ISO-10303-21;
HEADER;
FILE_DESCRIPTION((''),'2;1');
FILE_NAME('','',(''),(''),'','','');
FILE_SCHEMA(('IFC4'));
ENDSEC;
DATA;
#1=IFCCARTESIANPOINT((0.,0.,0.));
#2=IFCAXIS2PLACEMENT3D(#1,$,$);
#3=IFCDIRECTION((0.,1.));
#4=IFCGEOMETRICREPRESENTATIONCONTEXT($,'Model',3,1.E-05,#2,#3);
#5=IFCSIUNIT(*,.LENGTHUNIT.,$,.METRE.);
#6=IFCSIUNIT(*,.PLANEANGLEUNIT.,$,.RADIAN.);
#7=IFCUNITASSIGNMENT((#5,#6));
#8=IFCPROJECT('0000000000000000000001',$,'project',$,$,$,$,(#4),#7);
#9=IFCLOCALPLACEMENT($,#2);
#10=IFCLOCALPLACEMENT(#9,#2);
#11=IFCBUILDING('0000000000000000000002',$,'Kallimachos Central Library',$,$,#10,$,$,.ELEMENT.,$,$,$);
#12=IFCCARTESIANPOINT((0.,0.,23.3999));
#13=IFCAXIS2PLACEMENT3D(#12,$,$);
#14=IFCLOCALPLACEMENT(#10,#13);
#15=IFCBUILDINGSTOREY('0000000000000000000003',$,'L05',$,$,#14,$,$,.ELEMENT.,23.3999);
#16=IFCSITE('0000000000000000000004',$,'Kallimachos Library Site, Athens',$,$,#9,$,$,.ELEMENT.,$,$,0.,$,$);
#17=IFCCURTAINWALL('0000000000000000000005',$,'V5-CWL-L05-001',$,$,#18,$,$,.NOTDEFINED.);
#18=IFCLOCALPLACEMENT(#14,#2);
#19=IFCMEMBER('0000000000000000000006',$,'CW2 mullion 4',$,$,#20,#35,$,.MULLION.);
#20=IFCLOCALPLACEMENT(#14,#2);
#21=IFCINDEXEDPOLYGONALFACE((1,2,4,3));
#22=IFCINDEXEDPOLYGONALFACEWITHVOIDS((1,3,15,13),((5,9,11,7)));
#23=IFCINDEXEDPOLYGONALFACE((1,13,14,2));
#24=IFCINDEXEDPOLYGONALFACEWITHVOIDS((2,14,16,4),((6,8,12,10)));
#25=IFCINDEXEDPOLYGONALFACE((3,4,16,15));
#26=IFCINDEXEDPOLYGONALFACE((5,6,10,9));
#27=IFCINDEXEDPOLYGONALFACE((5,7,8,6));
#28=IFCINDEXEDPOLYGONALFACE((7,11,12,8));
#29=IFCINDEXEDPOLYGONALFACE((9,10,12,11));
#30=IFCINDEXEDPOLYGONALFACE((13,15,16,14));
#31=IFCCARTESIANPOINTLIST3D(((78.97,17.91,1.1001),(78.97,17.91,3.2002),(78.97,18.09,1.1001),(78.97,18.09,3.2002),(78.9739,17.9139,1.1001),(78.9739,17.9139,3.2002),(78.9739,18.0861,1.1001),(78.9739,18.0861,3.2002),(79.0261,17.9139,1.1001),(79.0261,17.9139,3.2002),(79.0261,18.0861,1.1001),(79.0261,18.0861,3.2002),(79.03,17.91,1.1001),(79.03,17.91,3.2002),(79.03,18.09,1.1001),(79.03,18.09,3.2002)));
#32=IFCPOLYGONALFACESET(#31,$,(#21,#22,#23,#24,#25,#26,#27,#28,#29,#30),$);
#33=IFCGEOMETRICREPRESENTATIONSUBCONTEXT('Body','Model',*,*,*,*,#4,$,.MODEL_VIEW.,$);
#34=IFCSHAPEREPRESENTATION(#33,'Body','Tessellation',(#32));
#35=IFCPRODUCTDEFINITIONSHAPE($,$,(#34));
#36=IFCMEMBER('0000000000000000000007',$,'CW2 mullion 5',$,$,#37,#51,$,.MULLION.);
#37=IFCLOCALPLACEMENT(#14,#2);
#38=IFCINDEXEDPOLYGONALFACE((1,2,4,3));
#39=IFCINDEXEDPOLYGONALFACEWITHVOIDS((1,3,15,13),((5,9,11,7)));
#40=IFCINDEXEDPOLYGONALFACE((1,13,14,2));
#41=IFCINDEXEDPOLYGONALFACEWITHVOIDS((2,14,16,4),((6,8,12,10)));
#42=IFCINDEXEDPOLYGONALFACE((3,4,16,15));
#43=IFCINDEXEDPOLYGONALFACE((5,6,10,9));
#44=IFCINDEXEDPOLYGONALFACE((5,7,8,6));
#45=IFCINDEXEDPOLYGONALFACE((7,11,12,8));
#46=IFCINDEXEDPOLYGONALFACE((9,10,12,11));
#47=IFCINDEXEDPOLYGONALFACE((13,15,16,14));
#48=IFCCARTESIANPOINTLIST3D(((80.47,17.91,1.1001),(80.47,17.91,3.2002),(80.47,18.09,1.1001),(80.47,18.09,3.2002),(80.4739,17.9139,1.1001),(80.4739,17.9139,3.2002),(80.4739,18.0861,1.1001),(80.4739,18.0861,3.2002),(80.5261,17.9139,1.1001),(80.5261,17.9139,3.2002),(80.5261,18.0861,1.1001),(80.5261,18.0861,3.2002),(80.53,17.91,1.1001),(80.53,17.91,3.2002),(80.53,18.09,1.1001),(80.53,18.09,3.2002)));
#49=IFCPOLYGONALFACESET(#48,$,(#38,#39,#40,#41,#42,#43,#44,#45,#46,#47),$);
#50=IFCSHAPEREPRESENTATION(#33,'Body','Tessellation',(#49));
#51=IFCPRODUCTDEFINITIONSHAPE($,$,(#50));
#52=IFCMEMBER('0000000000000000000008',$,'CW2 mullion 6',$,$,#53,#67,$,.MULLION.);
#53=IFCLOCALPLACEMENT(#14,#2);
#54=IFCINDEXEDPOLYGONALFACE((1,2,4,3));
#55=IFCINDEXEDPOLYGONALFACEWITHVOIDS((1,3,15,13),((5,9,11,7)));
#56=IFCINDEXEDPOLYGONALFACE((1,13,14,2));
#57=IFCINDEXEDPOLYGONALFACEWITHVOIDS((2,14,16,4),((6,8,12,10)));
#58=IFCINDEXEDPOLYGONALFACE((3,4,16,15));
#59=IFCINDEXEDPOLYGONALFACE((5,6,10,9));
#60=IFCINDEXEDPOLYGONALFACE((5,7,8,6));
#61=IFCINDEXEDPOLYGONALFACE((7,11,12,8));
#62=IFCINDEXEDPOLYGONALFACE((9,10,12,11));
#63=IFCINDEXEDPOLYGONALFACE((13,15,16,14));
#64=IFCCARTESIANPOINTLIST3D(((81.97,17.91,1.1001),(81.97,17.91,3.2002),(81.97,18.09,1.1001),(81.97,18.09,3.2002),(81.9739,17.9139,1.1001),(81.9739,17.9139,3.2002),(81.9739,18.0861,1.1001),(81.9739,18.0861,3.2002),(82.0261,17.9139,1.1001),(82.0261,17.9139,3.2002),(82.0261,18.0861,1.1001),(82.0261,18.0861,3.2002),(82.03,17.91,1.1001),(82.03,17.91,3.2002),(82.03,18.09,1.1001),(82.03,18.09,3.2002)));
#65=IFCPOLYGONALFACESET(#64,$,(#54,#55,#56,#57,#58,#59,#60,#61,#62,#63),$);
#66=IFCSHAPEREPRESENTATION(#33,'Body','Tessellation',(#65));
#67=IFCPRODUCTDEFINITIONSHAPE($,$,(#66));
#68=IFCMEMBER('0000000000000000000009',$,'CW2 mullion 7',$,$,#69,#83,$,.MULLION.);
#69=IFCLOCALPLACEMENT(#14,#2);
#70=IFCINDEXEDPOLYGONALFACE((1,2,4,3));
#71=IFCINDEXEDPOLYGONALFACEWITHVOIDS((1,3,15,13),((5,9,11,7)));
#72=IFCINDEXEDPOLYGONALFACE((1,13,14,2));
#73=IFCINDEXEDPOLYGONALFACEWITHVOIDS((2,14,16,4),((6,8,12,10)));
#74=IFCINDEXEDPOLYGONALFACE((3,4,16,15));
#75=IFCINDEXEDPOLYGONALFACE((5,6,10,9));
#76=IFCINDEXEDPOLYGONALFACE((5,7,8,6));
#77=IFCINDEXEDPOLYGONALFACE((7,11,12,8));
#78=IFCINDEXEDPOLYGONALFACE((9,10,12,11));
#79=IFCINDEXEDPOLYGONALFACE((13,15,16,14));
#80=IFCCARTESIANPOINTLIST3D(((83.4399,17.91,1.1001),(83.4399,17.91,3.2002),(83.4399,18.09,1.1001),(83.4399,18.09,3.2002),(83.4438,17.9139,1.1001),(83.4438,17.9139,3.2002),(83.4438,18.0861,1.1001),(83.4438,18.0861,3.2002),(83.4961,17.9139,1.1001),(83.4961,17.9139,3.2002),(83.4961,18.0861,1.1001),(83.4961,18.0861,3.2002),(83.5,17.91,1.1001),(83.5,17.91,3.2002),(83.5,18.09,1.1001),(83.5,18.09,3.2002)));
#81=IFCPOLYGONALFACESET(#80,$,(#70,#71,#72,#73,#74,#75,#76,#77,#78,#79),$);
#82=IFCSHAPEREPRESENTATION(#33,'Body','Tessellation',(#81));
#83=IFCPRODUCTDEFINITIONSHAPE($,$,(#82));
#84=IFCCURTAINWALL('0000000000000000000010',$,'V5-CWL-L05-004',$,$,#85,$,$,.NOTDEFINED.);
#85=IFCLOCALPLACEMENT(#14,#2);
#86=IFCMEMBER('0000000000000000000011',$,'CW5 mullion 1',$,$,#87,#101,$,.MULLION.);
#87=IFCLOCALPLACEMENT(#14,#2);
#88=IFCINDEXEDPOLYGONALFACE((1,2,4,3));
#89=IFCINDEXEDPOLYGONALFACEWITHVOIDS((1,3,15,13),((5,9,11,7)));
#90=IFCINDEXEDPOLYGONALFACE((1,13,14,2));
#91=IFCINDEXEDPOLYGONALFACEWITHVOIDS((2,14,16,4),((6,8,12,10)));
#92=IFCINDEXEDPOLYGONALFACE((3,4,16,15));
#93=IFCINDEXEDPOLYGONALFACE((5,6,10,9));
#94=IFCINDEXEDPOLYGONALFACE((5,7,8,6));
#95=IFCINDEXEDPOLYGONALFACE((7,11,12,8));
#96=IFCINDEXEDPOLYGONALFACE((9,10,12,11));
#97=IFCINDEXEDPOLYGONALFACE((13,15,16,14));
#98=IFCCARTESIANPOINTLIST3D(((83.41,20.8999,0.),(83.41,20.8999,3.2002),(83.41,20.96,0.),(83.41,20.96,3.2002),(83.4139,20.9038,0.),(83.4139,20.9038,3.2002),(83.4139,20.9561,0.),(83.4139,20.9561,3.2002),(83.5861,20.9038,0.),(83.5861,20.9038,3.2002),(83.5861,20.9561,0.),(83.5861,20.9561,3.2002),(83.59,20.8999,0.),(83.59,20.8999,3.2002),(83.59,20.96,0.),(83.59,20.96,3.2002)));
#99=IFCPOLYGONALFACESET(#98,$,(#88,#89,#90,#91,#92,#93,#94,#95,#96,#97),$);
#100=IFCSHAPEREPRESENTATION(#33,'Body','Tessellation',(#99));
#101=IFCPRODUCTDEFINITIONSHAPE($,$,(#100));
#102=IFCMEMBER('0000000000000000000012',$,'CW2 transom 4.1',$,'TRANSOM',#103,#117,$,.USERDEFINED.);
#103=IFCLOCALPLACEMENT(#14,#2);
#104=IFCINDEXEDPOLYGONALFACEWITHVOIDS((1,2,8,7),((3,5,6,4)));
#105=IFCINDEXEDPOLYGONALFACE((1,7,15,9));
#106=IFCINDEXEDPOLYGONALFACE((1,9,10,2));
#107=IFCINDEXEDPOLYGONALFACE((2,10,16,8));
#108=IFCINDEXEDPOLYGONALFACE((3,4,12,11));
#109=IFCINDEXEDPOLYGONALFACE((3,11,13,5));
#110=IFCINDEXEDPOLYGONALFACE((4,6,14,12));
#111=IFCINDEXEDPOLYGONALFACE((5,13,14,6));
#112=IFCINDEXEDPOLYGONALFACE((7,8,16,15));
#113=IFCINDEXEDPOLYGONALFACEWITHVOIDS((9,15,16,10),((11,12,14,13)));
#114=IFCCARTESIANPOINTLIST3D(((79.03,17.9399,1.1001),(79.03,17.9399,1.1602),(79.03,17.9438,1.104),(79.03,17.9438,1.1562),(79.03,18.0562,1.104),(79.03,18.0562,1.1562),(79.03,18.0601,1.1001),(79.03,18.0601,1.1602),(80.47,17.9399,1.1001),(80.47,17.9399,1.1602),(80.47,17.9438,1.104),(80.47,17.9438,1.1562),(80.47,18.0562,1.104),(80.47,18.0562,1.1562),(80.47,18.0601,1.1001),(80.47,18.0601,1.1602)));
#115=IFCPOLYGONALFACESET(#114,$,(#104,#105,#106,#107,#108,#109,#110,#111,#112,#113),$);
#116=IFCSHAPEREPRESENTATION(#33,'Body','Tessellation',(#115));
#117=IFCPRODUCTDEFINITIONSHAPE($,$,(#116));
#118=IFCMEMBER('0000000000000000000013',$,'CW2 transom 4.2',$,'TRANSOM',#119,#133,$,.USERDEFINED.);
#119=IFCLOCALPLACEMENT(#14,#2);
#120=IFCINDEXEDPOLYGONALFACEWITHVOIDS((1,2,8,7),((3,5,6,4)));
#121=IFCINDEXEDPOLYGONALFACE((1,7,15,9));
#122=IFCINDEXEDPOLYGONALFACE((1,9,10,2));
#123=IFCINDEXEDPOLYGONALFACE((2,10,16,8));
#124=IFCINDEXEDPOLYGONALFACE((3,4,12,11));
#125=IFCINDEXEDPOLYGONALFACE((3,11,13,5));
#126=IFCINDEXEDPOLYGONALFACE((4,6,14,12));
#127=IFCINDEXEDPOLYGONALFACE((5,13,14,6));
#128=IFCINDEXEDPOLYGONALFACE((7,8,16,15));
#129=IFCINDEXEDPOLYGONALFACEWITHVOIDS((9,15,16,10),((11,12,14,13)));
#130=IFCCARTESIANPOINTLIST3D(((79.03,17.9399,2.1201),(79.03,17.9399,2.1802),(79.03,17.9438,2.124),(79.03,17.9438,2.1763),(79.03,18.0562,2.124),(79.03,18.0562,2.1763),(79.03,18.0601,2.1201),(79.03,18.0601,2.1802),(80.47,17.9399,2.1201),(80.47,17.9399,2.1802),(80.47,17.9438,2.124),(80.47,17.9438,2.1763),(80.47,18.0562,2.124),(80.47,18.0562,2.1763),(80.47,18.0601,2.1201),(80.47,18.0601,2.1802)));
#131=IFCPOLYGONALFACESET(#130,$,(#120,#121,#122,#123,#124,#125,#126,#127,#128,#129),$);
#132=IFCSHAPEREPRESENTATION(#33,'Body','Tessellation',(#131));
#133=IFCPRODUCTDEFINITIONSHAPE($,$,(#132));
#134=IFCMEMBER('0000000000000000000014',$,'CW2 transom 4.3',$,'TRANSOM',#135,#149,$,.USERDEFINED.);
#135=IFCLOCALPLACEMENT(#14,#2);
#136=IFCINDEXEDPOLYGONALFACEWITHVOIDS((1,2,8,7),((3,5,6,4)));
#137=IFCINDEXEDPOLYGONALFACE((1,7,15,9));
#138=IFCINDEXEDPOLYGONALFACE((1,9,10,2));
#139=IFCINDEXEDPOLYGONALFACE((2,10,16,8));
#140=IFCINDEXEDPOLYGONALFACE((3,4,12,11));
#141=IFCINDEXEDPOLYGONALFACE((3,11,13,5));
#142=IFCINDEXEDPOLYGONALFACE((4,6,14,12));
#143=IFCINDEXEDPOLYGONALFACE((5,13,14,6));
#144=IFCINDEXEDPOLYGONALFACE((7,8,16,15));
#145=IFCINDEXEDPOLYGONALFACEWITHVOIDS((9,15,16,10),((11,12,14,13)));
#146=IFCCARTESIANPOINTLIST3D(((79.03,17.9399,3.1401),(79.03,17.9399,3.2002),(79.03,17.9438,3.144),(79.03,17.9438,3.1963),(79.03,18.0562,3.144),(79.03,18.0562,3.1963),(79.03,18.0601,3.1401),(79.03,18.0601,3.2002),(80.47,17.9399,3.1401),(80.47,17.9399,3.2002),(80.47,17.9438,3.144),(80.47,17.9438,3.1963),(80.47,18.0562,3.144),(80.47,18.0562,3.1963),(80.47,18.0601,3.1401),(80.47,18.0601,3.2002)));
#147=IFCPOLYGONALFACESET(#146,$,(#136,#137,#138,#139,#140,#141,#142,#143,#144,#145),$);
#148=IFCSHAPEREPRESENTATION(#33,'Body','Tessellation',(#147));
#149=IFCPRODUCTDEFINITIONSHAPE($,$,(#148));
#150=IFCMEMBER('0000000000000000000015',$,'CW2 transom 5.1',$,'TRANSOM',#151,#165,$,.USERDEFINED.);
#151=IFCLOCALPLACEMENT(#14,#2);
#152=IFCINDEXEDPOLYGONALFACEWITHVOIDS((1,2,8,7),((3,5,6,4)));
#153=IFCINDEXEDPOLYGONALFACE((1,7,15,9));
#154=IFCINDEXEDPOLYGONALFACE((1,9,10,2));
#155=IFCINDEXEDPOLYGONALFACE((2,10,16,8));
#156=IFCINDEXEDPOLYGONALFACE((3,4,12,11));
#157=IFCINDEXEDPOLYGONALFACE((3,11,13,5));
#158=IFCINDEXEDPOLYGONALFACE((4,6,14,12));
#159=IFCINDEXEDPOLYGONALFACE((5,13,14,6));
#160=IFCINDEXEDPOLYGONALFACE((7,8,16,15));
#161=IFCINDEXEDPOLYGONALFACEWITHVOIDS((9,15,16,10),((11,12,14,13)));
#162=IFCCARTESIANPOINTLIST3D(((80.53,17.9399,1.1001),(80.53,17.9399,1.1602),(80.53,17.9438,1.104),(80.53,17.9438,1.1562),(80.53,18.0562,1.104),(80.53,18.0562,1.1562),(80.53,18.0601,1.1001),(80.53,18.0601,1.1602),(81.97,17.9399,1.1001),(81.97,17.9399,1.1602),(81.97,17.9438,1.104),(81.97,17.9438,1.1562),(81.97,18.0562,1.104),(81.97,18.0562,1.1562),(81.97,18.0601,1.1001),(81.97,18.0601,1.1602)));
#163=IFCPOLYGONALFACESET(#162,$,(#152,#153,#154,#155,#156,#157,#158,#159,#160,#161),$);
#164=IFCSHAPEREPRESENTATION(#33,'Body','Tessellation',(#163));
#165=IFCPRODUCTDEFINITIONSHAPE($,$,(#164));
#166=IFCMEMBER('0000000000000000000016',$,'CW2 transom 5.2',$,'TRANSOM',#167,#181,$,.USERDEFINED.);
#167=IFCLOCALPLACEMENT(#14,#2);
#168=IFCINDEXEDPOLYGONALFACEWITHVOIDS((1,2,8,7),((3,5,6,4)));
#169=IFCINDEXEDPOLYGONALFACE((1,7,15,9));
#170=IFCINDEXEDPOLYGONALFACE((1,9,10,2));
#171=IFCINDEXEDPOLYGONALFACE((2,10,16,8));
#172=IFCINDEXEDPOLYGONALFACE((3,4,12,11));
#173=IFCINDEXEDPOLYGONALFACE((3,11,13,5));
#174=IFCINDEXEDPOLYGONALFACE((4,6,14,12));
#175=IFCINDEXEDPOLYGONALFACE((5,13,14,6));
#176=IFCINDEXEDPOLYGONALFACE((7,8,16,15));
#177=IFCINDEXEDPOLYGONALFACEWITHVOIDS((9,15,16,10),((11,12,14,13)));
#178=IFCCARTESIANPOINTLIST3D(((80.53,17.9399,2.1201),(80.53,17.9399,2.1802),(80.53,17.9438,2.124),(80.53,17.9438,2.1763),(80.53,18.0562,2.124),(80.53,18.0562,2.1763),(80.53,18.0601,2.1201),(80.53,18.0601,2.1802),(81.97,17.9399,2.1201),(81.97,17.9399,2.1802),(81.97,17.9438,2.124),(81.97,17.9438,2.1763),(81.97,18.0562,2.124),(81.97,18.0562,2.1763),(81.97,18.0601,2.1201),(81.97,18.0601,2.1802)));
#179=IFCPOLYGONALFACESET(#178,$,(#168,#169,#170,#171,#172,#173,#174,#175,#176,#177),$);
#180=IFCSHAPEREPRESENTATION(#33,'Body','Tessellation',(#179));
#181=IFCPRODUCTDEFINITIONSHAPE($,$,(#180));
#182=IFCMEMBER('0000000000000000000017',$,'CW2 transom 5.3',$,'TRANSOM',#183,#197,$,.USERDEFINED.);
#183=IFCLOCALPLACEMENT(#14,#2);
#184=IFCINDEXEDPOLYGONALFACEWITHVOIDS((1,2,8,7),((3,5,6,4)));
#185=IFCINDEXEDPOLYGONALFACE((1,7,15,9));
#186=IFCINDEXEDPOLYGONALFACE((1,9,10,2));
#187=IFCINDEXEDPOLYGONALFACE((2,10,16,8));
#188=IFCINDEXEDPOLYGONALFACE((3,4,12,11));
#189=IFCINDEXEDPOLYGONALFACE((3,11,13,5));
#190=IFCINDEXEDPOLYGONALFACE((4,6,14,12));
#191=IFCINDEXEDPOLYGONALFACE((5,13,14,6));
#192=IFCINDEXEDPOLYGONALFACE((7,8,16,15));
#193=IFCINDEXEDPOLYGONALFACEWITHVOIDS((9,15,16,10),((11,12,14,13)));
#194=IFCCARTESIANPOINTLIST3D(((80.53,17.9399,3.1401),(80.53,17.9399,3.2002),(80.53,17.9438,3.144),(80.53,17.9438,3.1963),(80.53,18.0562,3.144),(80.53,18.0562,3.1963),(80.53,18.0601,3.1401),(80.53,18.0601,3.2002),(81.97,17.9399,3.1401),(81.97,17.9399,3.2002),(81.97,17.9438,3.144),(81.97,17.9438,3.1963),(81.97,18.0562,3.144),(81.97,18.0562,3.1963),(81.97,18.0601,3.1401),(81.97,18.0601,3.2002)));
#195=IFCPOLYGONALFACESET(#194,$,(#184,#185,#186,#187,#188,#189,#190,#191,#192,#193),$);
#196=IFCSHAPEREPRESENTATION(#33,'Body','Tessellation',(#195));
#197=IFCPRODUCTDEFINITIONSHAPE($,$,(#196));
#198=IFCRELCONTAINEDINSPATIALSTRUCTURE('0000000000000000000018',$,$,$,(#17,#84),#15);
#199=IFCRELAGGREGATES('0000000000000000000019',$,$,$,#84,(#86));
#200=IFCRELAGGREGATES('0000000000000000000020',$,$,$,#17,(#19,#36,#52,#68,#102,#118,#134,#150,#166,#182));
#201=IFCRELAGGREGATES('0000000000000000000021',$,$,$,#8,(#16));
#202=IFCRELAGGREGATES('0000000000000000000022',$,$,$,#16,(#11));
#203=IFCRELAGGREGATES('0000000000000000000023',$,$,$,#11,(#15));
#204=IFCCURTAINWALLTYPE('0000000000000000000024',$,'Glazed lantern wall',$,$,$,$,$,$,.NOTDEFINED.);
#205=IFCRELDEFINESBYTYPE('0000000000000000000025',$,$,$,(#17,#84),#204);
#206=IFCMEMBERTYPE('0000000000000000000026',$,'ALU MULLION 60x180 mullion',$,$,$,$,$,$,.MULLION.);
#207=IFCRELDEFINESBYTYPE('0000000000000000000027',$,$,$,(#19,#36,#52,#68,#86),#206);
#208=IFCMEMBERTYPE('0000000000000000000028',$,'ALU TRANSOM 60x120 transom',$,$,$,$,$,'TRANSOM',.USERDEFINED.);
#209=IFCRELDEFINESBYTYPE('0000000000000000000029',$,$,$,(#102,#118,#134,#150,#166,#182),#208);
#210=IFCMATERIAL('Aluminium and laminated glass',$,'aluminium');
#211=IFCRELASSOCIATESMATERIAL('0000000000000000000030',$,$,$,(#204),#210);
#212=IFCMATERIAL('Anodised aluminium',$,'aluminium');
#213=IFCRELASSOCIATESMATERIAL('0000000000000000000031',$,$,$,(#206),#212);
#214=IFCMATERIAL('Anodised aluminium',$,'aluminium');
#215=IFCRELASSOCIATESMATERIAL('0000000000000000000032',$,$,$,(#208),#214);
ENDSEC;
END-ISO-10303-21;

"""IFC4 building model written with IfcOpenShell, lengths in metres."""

from ifc_helpers import new_model, si_unit, direction, frame, origin, origin_2d, place, context, subcontext, project, spatial, hollow_rectangle, extrude, material, material_profile, profile_set, type_object, element, aggregate, save


model = new_model("IFC4")

# Units and contexts
model_context = context("Model", 3, precision=1e-05, world=origin(), true_north=direction((0.0, 1.0)))
body_context = subcontext(model_context, "Body", "Model", "MODEL_VIEW")
ifc_project = project(units=[si_unit("LENGTHUNIT", "METRE"), si_unit("PLANEANGLEUNIT", "RADIAN")], contexts=[model_context])

# Site, building, storey
site_placement = place(None, origin())
site = spatial("IfcSite", under=ifc_project, at=site_placement, Name="Kallimachos Library Site, Athens", CompositionType="ELEMENT", RefElevation=0.0)
building_placement = place(site_placement, origin())
building = spatial("IfcBuilding", under=site, at=building_placement, Name="Kallimachos Central Library", CompositionType="ELEMENT")
storey_placement = place(building_placement, frame((0.0, 0.0, 23.3999)))
storey = spatial("IfcBuildingStorey", under=building, at=storey_placement, Name="L05", CompositionType="ELEMENT", Elevation=23.3999)

# Curtain wall, members
ifc_material_1 = material(Name="Aluminium and laminated glass", Category="aluminium")
curtain_wall_type = type_object("IfcCurtainWallType", Name="Glazed lantern wall", PredefinedType="NOTDEFINED", material=ifc_material_1)
curtain_wall_1_placement = place(storey_placement, origin())
curtain_wall_1 = element("IfcCurtainWall", 1, at=curtain_wall_1_placement, inside=storey, type_object=curtain_wall_type, Name="V5-CWL-L05-001", PredefinedType="NOTDEFINED")
ifc_material_2 = material(Name="Anodised aluminium", Category="aluminium")
ifc_material_profile_1 = material_profile(ifc_material_2, hollow_rectangle(XDim=0.0601, YDim=0.1799, WallThickness=0.0039, at=origin_2d()), Name="ALU MULLION 60x180")
ifc_profile_set_1 = profile_set([ifc_material_profile_1], Name="Anodised aluminium")
member_type_1 = type_object("IfcMemberType", Name="ALU MULLION 60x180 mullion", PredefinedType="MULLION", material=ifc_profile_set_1)
member_1_placement = place(storey_placement, frame((79.0, 18.0, 1.1001), z_axis=(0.0, 0.0, 1.0), x_axis=(1.0, 0.0, 0.0)))
member_1 = element("IfcMember", 2, at=member_1_placement, type_object=member_type_1, Name="CW2 mullion 4", PredefinedType="MULLION", context=body_context, shape_type="SweptSolid", body=[
    extrude(hollow_rectangle(XDim=0.0601, YDim=0.1799, WallThickness=0.0039, at=origin_2d()), origin(), (0.0, 0.0, 1.0), 2.1001),
])
member_2_placement = place(storey_placement, frame((80.5, 18.0, 1.1001), z_axis=(0.0, 0.0, 1.0), x_axis=(1.0, 0.0, 0.0)))
member_2 = element("IfcMember", 3, at=member_2_placement, type_object=member_type_1, Name="CW2 mullion 5", PredefinedType="MULLION", context=body_context, shape_type="SweptSolid", body=[
    extrude(hollow_rectangle(XDim=0.0601, YDim=0.1799, WallThickness=0.0039, at=origin_2d()), origin(), (0.0, 0.0, 1.0), 2.1001),
])
member_3_placement = place(storey_placement, frame((82.0, 18.0, 1.1001), z_axis=(0.0, 0.0, 1.0), x_axis=(1.0, 0.0, 0.0)))
member_3 = element("IfcMember", 4, at=member_3_placement, type_object=member_type_1, Name="CW2 mullion 6", PredefinedType="MULLION", context=body_context, shape_type="SweptSolid", body=[
    extrude(hollow_rectangle(XDim=0.0601, YDim=0.1799, WallThickness=0.0039, at=origin_2d()), origin(), (0.0, 0.0, 1.0), 2.1001),
])
member_4_placement = place(storey_placement, frame((83.47, 18.0, 1.1001), z_axis=(0.0, 0.0, 1.0), x_axis=(1.0, 0.0, 0.0)))
member_4 = element("IfcMember", 5, at=member_4_placement, type_object=member_type_1, Name="CW2 mullion 7", PredefinedType="MULLION", context=body_context, shape_type="SweptSolid", body=[
    extrude(hollow_rectangle(XDim=0.0601, YDim=0.1799, WallThickness=0.0039, at=origin_2d()), origin(), (0.0, 0.0, 1.0), 2.1001),
])

# Curtain wall, member
curtain_wall_2_placement = place(storey_placement, origin())
curtain_wall_2 = element("IfcCurtainWall", 6, at=curtain_wall_2_placement, inside=storey, type_object=curtain_wall_type, Name="V5-CWL-L05-004", PredefinedType="NOTDEFINED")
member_5_placement = place(storey_placement, frame((83.5, 20.9299, 0.0), z_axis=(0.0, 0.0, 1.0), x_axis=(0.0, 1.0, 0.0)))
member_5 = element("IfcMember", 7, at=member_5_placement, type_object=member_type_1, Name="CW5 mullion 1", PredefinedType="MULLION", context=body_context, shape_type="SweptSolid", body=[
    extrude(hollow_rectangle(XDim=0.0601, YDim=0.1799, WallThickness=0.0039, at=origin_2d()), origin(), (0.0, 0.0, 1.0), 3.2002),
])

# Members
ifc_material_3 = material(Name="Anodised aluminium", Category="aluminium")
ifc_material_profile_2 = material_profile(ifc_material_3, hollow_rectangle(XDim=0.0601, YDim=0.1201, WallThickness=0.0039, at=origin_2d()), Name="ALU TRANSOM 60x120")
ifc_profile_set_2 = profile_set([ifc_material_profile_2], Name="Anodised aluminium")
member_type_2 = type_object("IfcMemberType", Name="ALU TRANSOM 60x120 transom", ElementType="TRANSOM", PredefinedType="USERDEFINED", material=ifc_profile_set_2)
member_6_placement = place(storey_placement, frame((79.03, 18.0, 1.1301), z_axis=(1.0, 0.0, 0.0), x_axis=(0.0, 0.0, 1.0)))
member_6 = element("IfcMember", 8, at=member_6_placement, type_object=member_type_2, Name="CW2 transom 4.1", ObjectType="TRANSOM", PredefinedType="USERDEFINED", context=body_context, shape_type="SweptSolid", body=[
    extrude(hollow_rectangle(XDim=0.0601, YDim=0.1201, WallThickness=0.0039, at=origin_2d()), origin(), (0.0, 0.0, 1.0), 1.4399),
])
member_7_placement = place(storey_placement, frame((79.03, 18.0, 2.1501), z_axis=(1.0, 0.0, 0.0), x_axis=(0.0, 0.0, 1.0)))
member_7 = element("IfcMember", 9, at=member_7_placement, type_object=member_type_2, Name="CW2 transom 4.2", ObjectType="TRANSOM", PredefinedType="USERDEFINED", context=body_context, shape_type="SweptSolid", body=[
    extrude(hollow_rectangle(XDim=0.0601, YDim=0.1201, WallThickness=0.0039, at=origin_2d()), origin(), (0.0, 0.0, 1.0), 1.4399),
])
member_8_placement = place(storey_placement, frame((79.03, 18.0, 3.1702), z_axis=(1.0, 0.0, 0.0), x_axis=(0.0, 0.0, 1.0)))
member_8 = element("IfcMember", 10, at=member_8_placement, type_object=member_type_2, Name="CW2 transom 4.3", ObjectType="TRANSOM", PredefinedType="USERDEFINED", context=body_context, shape_type="SweptSolid", body=[
    extrude(hollow_rectangle(XDim=0.0601, YDim=0.1201, WallThickness=0.0039, at=origin_2d()), origin(), (0.0, 0.0, 1.0), 1.4399),
])
member_9_placement = place(storey_placement, frame((80.53, 18.0, 1.1301), z_axis=(1.0, 0.0, 0.0), x_axis=(0.0, 0.0, 1.0)))
member_9 = element("IfcMember", 11, at=member_9_placement, type_object=member_type_2, Name="CW2 transom 5.1", ObjectType="TRANSOM", PredefinedType="USERDEFINED", context=body_context, shape_type="SweptSolid", body=[
    extrude(hollow_rectangle(XDim=0.0601, YDim=0.1201, WallThickness=0.0039, at=origin_2d()), origin(), (0.0, 0.0, 1.0), 1.4399),
])
member_10_placement = place(storey_placement, frame((80.53, 18.0, 2.1501), z_axis=(1.0, 0.0, 0.0), x_axis=(0.0, 0.0, 1.0)))
member_10 = element("IfcMember", 12, at=member_10_placement, type_object=member_type_2, Name="CW2 transom 5.2", ObjectType="TRANSOM", PredefinedType="USERDEFINED", context=body_context, shape_type="SweptSolid", body=[
    extrude(hollow_rectangle(XDim=0.0601, YDim=0.1201, WallThickness=0.0039, at=origin_2d()), origin(), (0.0, 0.0, 1.0), 1.4399),
])
member_11_placement = place(storey_placement, frame((80.53, 18.0, 3.1702), z_axis=(1.0, 0.0, 0.0), x_axis=(0.0, 0.0, 1.0)))
member_11 = element("IfcMember", 13, at=member_11_placement, type_object=member_type_2, Name="CW2 transom 5.3", ObjectType="TRANSOM", PredefinedType="USERDEFINED", context=body_context, shape_type="SweptSolid", body=[
    extrude(hollow_rectangle(XDim=0.0601, YDim=0.1201, WallThickness=0.0039, at=origin_2d()), origin(), (0.0, 0.0, 1.0), 1.4399),
])
aggregate(curtain_wall_2, [member_5])

aggregate(curtain_wall_1, [member_1, member_2, member_3, member_4, member_6, member_7, member_8, member_9, member_10, member_11])

save(model, "model.ifc")
